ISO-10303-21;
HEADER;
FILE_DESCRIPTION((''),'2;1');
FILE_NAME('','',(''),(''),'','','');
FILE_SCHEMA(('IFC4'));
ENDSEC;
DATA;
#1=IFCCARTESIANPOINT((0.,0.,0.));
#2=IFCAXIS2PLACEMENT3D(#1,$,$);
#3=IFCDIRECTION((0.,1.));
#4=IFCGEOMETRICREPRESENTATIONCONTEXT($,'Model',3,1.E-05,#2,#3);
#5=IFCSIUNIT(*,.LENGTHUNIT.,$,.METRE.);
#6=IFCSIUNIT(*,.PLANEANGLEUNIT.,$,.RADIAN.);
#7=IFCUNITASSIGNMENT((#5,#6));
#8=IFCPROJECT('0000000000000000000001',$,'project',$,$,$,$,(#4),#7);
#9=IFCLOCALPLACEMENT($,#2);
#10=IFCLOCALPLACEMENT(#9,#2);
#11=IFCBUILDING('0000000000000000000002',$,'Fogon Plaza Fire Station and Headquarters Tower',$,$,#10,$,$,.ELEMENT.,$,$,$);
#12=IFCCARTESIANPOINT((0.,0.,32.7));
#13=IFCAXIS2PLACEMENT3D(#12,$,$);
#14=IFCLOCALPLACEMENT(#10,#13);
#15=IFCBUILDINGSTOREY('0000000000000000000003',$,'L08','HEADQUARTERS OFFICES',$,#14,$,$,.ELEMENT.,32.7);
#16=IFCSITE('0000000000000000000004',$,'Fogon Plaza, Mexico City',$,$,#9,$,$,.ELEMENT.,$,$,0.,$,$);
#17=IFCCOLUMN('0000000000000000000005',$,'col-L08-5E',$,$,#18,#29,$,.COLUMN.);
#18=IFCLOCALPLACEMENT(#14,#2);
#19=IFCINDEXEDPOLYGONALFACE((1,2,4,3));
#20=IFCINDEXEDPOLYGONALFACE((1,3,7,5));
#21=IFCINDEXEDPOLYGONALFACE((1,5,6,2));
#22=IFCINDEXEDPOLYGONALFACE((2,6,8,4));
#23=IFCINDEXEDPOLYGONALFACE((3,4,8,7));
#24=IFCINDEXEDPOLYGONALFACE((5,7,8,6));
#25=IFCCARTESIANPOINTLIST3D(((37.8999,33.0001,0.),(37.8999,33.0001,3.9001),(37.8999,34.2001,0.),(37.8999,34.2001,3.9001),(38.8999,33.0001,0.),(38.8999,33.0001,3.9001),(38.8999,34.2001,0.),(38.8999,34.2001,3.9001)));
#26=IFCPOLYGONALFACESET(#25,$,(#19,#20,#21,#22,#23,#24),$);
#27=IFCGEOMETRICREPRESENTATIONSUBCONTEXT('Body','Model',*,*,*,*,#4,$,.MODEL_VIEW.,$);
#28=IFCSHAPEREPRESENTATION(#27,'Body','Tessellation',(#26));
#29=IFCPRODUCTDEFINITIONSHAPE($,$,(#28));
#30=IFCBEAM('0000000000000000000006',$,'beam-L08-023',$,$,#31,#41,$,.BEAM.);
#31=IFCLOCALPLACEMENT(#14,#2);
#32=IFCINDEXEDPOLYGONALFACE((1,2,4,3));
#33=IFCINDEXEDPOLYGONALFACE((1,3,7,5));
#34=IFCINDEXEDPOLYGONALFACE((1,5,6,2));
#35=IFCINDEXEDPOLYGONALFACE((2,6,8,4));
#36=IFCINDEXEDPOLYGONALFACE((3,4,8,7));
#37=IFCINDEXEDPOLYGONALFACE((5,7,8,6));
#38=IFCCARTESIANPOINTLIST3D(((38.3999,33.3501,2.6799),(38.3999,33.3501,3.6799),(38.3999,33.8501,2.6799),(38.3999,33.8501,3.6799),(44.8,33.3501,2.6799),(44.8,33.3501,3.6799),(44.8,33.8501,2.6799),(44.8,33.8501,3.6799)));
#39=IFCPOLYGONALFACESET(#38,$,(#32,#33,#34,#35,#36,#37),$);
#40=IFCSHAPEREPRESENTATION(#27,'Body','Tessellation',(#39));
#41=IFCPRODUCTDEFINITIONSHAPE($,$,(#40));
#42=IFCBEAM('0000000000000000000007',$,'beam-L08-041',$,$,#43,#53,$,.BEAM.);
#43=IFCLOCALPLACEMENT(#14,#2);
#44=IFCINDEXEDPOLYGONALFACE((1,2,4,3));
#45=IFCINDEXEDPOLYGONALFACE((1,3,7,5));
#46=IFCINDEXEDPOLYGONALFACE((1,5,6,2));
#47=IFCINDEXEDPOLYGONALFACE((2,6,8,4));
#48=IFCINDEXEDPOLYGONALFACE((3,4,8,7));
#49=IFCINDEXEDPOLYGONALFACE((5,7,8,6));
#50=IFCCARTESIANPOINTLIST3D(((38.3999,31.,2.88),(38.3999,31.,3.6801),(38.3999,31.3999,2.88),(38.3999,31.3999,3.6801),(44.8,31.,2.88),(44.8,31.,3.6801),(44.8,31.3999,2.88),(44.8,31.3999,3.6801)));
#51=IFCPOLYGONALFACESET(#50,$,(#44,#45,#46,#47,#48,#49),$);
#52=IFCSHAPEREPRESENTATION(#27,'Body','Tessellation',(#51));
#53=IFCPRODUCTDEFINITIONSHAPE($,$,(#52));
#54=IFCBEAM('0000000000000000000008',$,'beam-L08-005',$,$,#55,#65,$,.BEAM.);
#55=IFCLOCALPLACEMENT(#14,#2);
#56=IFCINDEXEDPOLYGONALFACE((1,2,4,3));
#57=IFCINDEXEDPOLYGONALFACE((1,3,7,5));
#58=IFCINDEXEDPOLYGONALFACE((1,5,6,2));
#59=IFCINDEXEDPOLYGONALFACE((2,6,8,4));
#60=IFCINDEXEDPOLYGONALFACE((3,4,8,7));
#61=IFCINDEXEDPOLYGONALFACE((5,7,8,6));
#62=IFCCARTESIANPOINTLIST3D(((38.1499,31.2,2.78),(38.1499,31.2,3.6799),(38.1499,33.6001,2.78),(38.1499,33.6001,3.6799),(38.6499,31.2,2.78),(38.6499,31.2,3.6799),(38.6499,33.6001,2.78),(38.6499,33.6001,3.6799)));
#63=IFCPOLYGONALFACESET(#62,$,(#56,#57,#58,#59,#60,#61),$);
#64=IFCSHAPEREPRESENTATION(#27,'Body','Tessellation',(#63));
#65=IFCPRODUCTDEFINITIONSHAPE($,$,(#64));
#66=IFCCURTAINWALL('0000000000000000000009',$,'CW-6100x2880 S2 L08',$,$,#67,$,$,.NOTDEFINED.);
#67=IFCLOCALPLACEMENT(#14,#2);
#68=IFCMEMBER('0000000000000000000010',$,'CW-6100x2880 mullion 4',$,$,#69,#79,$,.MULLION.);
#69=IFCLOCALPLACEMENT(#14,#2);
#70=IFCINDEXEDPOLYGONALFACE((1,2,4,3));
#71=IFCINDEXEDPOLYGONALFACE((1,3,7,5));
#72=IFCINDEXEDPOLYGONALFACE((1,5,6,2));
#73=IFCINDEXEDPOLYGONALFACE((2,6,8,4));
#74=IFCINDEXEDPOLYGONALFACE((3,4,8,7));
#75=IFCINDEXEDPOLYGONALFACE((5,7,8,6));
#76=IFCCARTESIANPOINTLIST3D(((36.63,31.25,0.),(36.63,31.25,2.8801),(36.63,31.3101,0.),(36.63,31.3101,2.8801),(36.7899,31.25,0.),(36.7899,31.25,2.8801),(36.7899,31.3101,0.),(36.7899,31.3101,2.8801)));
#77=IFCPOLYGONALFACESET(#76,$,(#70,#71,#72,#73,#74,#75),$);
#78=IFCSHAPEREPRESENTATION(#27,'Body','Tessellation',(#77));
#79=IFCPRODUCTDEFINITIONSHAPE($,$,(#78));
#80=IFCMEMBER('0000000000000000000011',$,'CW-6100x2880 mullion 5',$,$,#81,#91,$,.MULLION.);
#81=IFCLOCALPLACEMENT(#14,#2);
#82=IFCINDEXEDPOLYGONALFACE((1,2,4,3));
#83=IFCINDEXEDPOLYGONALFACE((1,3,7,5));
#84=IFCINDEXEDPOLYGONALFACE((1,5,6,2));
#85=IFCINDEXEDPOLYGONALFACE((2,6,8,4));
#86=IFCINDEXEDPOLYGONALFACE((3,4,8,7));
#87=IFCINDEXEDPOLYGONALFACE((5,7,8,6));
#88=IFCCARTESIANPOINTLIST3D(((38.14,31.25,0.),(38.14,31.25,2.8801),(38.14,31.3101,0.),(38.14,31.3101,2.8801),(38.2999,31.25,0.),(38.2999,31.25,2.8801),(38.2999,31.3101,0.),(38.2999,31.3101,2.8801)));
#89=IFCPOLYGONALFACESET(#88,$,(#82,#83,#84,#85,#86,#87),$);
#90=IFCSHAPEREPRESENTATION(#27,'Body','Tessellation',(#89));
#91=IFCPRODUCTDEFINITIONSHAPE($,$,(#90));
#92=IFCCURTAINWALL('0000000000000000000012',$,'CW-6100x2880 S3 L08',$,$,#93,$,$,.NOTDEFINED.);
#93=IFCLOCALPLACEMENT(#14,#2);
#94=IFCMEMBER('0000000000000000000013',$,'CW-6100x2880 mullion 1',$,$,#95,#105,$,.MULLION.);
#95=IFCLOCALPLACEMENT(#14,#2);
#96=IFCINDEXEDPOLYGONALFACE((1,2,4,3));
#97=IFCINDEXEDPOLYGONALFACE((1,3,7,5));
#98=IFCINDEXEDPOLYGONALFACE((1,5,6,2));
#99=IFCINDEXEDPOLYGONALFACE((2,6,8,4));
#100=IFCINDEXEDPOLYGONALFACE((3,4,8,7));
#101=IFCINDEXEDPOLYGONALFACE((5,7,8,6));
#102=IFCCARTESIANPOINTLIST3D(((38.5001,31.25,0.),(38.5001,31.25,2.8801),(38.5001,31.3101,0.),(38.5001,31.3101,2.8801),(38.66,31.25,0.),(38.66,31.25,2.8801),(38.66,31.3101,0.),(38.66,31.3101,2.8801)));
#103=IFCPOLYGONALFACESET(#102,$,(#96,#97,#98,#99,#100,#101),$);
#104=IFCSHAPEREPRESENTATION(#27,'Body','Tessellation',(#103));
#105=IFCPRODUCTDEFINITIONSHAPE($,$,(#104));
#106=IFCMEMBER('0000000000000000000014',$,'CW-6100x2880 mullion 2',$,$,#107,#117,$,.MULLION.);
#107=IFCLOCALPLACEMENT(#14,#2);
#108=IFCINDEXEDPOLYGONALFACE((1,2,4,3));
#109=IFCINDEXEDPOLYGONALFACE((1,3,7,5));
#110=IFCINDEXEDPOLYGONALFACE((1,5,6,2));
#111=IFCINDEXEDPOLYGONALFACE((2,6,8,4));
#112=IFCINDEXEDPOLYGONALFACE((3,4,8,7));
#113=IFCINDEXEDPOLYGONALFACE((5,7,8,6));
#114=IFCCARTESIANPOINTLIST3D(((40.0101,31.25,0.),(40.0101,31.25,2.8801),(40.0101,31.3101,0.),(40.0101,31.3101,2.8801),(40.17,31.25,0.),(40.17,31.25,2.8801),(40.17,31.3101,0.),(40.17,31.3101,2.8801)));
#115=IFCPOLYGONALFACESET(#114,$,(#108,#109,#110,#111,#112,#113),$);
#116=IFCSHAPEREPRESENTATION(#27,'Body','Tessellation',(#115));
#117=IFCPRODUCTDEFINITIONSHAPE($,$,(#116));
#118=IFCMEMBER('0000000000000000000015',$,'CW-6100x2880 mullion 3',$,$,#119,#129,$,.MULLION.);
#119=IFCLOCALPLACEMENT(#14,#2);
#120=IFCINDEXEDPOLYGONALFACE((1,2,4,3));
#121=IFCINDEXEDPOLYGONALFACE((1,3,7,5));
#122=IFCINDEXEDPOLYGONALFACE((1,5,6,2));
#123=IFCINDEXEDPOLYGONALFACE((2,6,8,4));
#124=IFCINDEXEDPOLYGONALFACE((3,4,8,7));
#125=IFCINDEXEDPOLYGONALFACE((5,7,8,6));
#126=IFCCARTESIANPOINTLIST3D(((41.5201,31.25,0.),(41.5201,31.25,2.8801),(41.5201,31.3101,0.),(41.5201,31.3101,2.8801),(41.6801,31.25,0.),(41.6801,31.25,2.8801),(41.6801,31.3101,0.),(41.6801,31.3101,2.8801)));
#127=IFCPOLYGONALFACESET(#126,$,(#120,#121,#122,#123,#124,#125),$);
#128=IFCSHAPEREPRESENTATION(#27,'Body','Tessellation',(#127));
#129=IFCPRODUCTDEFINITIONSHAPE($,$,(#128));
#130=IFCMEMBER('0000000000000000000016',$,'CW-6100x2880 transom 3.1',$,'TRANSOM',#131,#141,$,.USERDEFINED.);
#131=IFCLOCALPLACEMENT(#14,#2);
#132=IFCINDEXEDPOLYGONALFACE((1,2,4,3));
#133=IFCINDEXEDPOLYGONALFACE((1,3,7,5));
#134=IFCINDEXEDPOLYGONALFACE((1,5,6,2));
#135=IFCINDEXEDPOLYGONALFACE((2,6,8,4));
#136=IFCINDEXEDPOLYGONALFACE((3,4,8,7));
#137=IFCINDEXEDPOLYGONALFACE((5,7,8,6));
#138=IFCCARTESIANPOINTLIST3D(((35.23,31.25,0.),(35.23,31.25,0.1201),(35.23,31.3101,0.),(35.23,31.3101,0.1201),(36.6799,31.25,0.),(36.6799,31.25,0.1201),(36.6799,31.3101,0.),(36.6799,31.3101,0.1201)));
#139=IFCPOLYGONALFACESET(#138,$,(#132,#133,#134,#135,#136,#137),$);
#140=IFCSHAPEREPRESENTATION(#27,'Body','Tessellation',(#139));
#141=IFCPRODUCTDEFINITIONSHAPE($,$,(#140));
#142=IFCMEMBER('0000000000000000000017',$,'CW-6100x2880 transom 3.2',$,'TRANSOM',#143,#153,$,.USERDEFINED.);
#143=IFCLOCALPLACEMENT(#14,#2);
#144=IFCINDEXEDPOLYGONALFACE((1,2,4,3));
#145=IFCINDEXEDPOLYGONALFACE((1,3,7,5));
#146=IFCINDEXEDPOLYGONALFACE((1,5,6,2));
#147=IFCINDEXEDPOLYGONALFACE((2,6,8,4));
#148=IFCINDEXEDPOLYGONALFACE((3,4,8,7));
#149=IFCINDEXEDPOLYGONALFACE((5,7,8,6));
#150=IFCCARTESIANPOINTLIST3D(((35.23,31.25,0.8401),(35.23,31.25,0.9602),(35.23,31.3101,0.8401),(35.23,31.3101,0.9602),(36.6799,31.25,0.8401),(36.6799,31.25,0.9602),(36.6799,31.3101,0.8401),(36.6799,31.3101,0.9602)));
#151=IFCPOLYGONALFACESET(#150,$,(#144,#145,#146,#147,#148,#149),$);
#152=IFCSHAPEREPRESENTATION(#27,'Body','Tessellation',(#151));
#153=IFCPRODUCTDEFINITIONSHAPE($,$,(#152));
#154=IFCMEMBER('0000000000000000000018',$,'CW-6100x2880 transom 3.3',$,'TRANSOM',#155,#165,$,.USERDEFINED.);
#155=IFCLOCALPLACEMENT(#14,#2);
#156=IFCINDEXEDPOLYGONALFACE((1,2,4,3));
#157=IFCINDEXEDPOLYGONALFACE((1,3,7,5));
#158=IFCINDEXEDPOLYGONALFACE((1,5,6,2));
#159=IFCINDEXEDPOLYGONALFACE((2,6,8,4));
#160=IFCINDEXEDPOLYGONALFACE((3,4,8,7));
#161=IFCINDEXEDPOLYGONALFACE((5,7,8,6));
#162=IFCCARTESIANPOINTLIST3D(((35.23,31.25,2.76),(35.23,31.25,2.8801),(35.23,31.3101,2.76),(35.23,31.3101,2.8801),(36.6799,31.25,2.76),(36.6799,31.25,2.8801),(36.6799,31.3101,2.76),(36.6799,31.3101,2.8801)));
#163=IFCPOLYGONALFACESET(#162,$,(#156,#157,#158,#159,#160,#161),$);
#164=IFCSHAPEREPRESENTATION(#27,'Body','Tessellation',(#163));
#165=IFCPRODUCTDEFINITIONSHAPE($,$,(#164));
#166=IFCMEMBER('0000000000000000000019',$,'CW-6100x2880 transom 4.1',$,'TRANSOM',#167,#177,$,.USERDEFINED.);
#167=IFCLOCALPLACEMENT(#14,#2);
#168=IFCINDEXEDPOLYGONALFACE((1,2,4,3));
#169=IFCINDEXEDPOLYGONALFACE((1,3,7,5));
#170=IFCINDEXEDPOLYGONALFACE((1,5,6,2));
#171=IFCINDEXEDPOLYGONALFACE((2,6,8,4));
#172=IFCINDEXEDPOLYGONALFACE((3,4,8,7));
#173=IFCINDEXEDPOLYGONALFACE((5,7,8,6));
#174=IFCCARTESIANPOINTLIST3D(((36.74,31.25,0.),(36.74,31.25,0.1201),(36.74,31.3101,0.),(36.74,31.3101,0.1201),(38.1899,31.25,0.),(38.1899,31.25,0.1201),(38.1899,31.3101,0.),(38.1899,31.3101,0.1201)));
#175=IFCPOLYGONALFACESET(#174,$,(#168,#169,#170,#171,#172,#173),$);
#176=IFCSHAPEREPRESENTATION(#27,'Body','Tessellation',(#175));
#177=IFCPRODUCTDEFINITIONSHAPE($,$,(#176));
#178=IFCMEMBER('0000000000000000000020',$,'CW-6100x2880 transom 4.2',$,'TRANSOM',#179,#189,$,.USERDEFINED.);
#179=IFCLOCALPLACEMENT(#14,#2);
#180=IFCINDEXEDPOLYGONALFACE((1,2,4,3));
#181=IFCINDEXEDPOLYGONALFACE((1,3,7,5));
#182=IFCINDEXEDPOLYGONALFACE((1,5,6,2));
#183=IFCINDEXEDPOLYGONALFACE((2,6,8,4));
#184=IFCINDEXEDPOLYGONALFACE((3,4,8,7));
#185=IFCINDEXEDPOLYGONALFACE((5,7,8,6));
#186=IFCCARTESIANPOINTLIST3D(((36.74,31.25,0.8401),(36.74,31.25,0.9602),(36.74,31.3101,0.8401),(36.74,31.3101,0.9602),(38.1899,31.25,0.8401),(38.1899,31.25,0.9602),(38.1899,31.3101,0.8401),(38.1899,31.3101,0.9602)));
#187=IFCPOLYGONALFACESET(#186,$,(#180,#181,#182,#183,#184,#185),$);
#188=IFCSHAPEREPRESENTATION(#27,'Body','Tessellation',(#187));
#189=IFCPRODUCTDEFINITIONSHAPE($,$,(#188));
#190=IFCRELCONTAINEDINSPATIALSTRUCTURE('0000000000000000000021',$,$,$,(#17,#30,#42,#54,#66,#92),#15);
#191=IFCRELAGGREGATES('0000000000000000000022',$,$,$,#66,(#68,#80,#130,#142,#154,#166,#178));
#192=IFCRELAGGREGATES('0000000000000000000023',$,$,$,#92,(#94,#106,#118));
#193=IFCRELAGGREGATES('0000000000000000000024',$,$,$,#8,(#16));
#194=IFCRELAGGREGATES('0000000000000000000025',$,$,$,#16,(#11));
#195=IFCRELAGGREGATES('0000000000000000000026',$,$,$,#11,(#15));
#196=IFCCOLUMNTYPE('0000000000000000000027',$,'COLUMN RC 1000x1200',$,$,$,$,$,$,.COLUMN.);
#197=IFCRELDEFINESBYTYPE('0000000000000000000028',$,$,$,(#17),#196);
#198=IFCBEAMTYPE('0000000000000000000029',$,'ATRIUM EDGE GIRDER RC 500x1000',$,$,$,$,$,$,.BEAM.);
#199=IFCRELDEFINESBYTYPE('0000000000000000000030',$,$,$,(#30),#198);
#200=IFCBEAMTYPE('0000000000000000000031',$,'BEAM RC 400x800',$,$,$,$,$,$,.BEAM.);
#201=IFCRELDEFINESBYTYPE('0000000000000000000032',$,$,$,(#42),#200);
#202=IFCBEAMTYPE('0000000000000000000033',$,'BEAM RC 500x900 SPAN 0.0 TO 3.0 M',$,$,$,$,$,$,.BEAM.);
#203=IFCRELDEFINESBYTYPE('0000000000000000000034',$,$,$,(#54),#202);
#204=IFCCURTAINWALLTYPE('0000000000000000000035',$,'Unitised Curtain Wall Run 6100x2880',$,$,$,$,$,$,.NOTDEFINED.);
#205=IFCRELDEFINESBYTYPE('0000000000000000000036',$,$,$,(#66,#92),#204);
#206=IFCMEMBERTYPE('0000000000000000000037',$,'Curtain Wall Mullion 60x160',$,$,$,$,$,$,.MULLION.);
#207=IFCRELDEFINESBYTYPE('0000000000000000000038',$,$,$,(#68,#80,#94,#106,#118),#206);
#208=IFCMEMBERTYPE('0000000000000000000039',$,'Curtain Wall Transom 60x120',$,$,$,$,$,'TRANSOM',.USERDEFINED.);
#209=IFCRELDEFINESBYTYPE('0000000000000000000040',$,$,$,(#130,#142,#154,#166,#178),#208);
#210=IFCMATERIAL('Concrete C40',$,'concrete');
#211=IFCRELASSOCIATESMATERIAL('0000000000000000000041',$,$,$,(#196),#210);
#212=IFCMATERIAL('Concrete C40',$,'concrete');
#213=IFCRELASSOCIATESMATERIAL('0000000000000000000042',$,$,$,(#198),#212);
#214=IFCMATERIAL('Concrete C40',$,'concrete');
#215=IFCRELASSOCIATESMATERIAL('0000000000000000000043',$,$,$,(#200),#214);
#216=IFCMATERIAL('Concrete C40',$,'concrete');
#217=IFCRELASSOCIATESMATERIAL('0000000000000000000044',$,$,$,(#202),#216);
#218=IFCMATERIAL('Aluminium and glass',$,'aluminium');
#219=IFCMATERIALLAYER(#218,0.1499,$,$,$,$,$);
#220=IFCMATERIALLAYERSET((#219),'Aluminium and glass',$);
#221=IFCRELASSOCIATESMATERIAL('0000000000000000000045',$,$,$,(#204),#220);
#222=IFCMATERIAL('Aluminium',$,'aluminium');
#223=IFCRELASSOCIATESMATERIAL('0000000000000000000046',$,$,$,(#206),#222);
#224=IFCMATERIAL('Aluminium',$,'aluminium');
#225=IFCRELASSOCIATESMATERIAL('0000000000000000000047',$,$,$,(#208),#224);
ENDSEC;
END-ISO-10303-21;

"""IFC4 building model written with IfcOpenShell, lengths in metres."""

from ifc_helpers import new_model, si_unit, direction, frame, origin, origin_2d, place, context, subcontext, project, spatial, rectangle, extrude, material, layer, layer_set, material_profile, profile_set, type_object, element, aggregate, save


model = new_model("IFC4")

# Units and contexts
model_context = context("Model", 3, precision=1e-05, world=origin(), true_north=direction((0.0, 1.0)))
body_context = subcontext(model_context, "Body", "Model", "MODEL_VIEW")
ifc_project = project(units=[si_unit("LENGTHUNIT", "METRE"), si_unit("PLANEANGLEUNIT", "RADIAN")], contexts=[model_context])

# Site, building, storey
site_placement = place(None, origin())
site = spatial("IfcSite", under=ifc_project, at=site_placement, Name="Fogon Plaza, Mexico City", CompositionType="ELEMENT", RefElevation=0.0)
building_placement = place(site_placement, origin())
building = spatial("IfcBuilding", under=site, at=building_placement, Name="Fogon Plaza Fire Station and Headquarters Tower", CompositionType="ELEMENT")
storey_placement = place(building_placement, frame((0.0, 0.0, 32.7)))
storey = spatial("IfcBuildingStorey", under=building, at=storey_placement, Name="L08", Description="HEADQUARTERS OFFICES", CompositionType="ELEMENT", Elevation=32.7)

# Column
ifc_material_1 = material(Name="Concrete C40", Category="concrete")
ifc_material_profile_1 = material_profile(ifc_material_1, rectangle(XDim=1.0, YDim=1.2, at=origin_2d()), Name="RC 1000x1200")
ifc_profile_set_1 = profile_set([ifc_material_profile_1], Name="Concrete C40")
column_type = type_object("IfcColumnType", Name="COLUMN RC 1000x1200", PredefinedType="COLUMN", material=ifc_profile_set_1)
column_placement = place(storey_placement, frame((38.3999, 33.6001, 0.0), z_axis=(0.0, 0.0, 1.0), x_axis=(1.0, 0.0, 0.0)))
element("IfcColumn", 1, at=column_placement, inside=storey, type_object=column_type, Name="col-L08-5E", PredefinedType="COLUMN", context=body_context, shape_type="SweptSolid", body=[
    extrude(rectangle(XDim=1.0, YDim=1.2, at=origin_2d()), origin(), (0.0, 0.0, 1.0), 3.9001),
])

# Beams
ifc_material_2 = material(Name="Concrete C40", Category="concrete")
ifc_material_profile_2 = material_profile(ifc_material_2, rectangle(XDim=0.5, YDim=1.0, at=origin_2d()), Name="RC 500x1000")
ifc_profile_set_2 = profile_set([ifc_material_profile_2], Name="Concrete C40")
beam_type_1 = type_object("IfcBeamType", Name="ATRIUM EDGE GIRDER RC 500x1000", PredefinedType="BEAM", material=ifc_profile_set_2)
beam_1_placement = place(storey_placement, frame((38.3999, 33.6001, 3.1799), z_axis=(1.0, 0.0, 0.0), x_axis=(0.0, 1.0, 0.0)))
element("IfcBeam", 2, at=beam_1_placement, inside=storey, type_object=beam_type_1, Name="beam-L08-023", PredefinedType="BEAM", context=body_context, shape_type="SweptSolid", body=[
    extrude(rectangle(XDim=0.5, YDim=1.0, at=origin_2d()), origin(), (0.0, 0.0, 1.0), 6.4001),
])
ifc_material_3 = material(Name="Concrete C40", Category="concrete")
ifc_material_profile_3 = material_profile(ifc_material_3, rectangle(XDim=0.3999, YDim=0.8, at=origin_2d()), Name="RC 400x800")
ifc_profile_set_3 = profile_set([ifc_material_profile_3], Name="Concrete C40")
beam_type_2 = type_object("IfcBeamType", Name="BEAM RC 400x800", PredefinedType="BEAM", material=ifc_profile_set_3)
beam_2_placement = place(storey_placement, frame((38.3999, 31.2, 3.28), z_axis=(1.0, 0.0, 0.0), x_axis=(0.0, 1.0, 0.0)))
element("IfcBeam", 3, at=beam_2_placement, inside=storey, type_object=beam_type_2, Name="beam-L08-041", PredefinedType="BEAM", context=body_context, shape_type="SweptSolid", body=[
    extrude(rectangle(XDim=0.3999, YDim=0.8, at=origin_2d()), origin(), (0.0, 0.0, 1.0), 6.4001),
])
ifc_material_4 = material(Name="Concrete C40", Category="concrete")
ifc_material_profile_4 = material_profile(ifc_material_4, rectangle(XDim=0.5, YDim=0.8999, at=origin_2d()), Name="RC 500x900")
ifc_profile_set_4 = profile_set([ifc_material_profile_4], Name="Concrete C40")
beam_type_3 = type_object("IfcBeamType", Name="BEAM RC 500x900 SPAN 0.0 TO 3.0 M", PredefinedType="BEAM", material=ifc_profile_set_4)
beam_3_placement = place(storey_placement, frame((38.3999, 31.2, 3.23), z_axis=(0.0, 1.0, 0.0), x_axis=(-1.0, 0.0, 0.0)))
element("IfcBeam", 4, at=beam_3_placement, inside=storey, type_object=beam_type_3, Name="beam-L08-005", PredefinedType="BEAM", context=body_context, shape_type="SweptSolid", body=[
    extrude(rectangle(XDim=0.5, YDim=0.8999, at=origin_2d()), origin(), (0.0, 0.0, 1.0), 2.4001),
])

# Curtain walls, members
ifc_material_5 = material(Name="Aluminium and glass", Category="aluminium")
ifc_layer_1 = layer(ifc_material_5, 0.1499)
ifc_layer_set_1 = layer_set([ifc_layer_1], Name="Aluminium and glass")
curtain_wall_type = type_object("IfcCurtainWallType", Name="Unitised Curtain Wall Run 6100x2880", PredefinedType="NOTDEFINED", material=ifc_layer_set_1)
curtain_wall_1_placement = place(storey_placement, origin())
curtain_wall_1 = element("IfcCurtainWall", 5, at=curtain_wall_1_placement, inside=storey, type_object=curtain_wall_type, Name="CW-6100x2880 S2 L08", PredefinedType="NOTDEFINED")
ifc_material_6 = material(Name="Aluminium", Category="aluminium")
ifc_material_profile_5 = material_profile(ifc_material_6, rectangle(XDim=0.0601, YDim=0.1599, at=origin_2d()), Name="Curtain Wall Mullion 60x160")
ifc_profile_set_5 = profile_set([ifc_material_profile_5], Name="Aluminium")
member_type_1 = type_object("IfcMemberType", Name="Curtain Wall Mullion 60x160", PredefinedType="MULLION", material=ifc_profile_set_5)
member_1_placement = place(storey_placement, frame((36.71, 31.28, 0.0), z_axis=(0.0, 0.0, 1.0), x_axis=(0.0, 1.0, 0.0)))
member_1 = element("IfcMember", 6, at=member_1_placement, type_object=member_type_1, Name="CW-6100x2880 mullion 4", PredefinedType="MULLION", context=body_context, shape_type="SweptSolid", body=[
    extrude(rectangle(XDim=0.0601, YDim=0.1599, at=origin_2d()), origin(), (0.0, 0.0, 1.0), 2.8801),
])
member_2_placement = place(storey_placement, frame((38.22, 31.28, 0.0), z_axis=(0.0, 0.0, 1.0), x_axis=(0.0, 1.0, 0.0)))
member_2 = element("IfcMember", 7, at=member_2_placement, type_object=member_type_1, Name="CW-6100x2880 mullion 5", PredefinedType="MULLION", context=body_context, shape_type="SweptSolid", body=[
    extrude(rectangle(XDim=0.0601, YDim=0.1599, at=origin_2d()), origin(), (0.0, 0.0, 1.0), 2.8801),
])
curtain_wall_2_placement = place(storey_placement, origin())
curtain_wall_2 = element("IfcCurtainWall", 8, at=curtain_wall_2_placement, inside=storey, type_object=curtain_wall_type, Name="CW-6100x2880 S3 L08", PredefinedType="NOTDEFINED")
member_3_placement = place(storey_placement, frame((38.5801, 31.28, 0.0), z_axis=(0.0, 0.0, 1.0), x_axis=(0.0, 1.0, 0.0)))
member_3 = element("IfcMember", 9, at=member_3_placement, type_object=member_type_1, Name="CW-6100x2880 mullion 1", PredefinedType="MULLION", context=body_context, shape_type="SweptSolid", body=[
    extrude(rectangle(XDim=0.0601, YDim=0.1599, at=origin_2d()), origin(), (0.0, 0.0, 1.0), 2.8801),
])
member_4_placement = place(storey_placement, frame((40.0901, 31.28, 0.0), z_axis=(0.0, 0.0, 1.0), x_axis=(0.0, 1.0, 0.0)))
member_4 = element("IfcMember", 10, at=member_4_placement, type_object=member_type_1, Name="CW-6100x2880 mullion 2", PredefinedType="MULLION", context=body_context, shape_type="SweptSolid", body=[
    extrude(rectangle(XDim=0.0601, YDim=0.1599, at=origin_2d()), origin(), (0.0, 0.0, 1.0), 2.8801),
])
member_5_placement = place(storey_placement, frame((41.6001, 31.28, 0.0), z_axis=(0.0, 0.0, 1.0), x_axis=(0.0, 1.0, 0.0)))
member_5 = element("IfcMember", 11, at=member_5_placement, type_object=member_type_1, Name="CW-6100x2880 mullion 3", PredefinedType="MULLION", context=body_context, shape_type="SweptSolid", body=[
    extrude(rectangle(XDim=0.0601, YDim=0.1599, at=origin_2d()), origin(), (0.0, 0.0, 1.0), 2.8801),
])

# Members
ifc_material_7 = material(Name="Aluminium", Category="aluminium")
ifc_material_profile_6 = material_profile(ifc_material_7, rectangle(XDim=0.0601, YDim=0.1201, at=origin_2d()), Name="Curtain Wall Transom 60x120")
ifc_profile_set_6 = profile_set([ifc_material_profile_6], Name="Aluminium")
member_type_2 = type_object("IfcMemberType", Name="Curtain Wall Transom 60x120", ElementType="TRANSOM", PredefinedType="USERDEFINED", material=ifc_profile_set_6)
member_6_placement = place(storey_placement, frame((35.23, 31.28, 0.0601), z_axis=(1.0, 0.0, 0.0), x_axis=(0.0, 1.0, 0.0)))
member_6 = element("IfcMember", 12, at=member_6_placement, type_object=member_type_2, Name="CW-6100x2880 transom 3.1", ObjectType="TRANSOM", PredefinedType="USERDEFINED", context=body_context, shape_type="SweptSolid", body=[
    extrude(rectangle(XDim=0.0601, YDim=0.1201, at=origin_2d()), origin(), (0.0, 0.0, 1.0), 1.45),
])
member_7_placement = place(storey_placement, frame((35.23, 31.28, 0.9001), z_axis=(1.0, 0.0, 0.0), x_axis=(0.0, 1.0, 0.0)))
member_7 = element("IfcMember", 13, at=member_7_placement, type_object=member_type_2, Name="CW-6100x2880 transom 3.2", ObjectType="TRANSOM", PredefinedType="USERDEFINED", context=body_context, shape_type="SweptSolid", body=[
    extrude(rectangle(XDim=0.0601, YDim=0.1201, at=origin_2d()), origin(), (0.0, 0.0, 1.0), 1.45),
])
member_8_placement = place(storey_placement, frame((35.23, 31.28, 2.8201), z_axis=(1.0, 0.0, 0.0), x_axis=(0.0, 1.0, 0.0)))
member_8 = element("IfcMember", 14, at=member_8_placement, type_object=member_type_2, Name="CW-6100x2880 transom 3.3", ObjectType="TRANSOM", PredefinedType="USERDEFINED", context=body_context, shape_type="SweptSolid", body=[
    extrude(rectangle(XDim=0.0601, YDim=0.1201, at=origin_2d()), origin(), (0.0, 0.0, 1.0), 1.45),
])
member_9_placement = place(storey_placement, frame((36.74, 31.28, 0.0601), z_axis=(1.0, 0.0, 0.0), x_axis=(0.0, 1.0, 0.0)))
member_9 = element("IfcMember", 15, at=member_9_placement, type_object=member_type_2, Name="CW-6100x2880 transom 4.1", ObjectType="TRANSOM", PredefinedType="USERDEFINED", context=body_context, shape_type="SweptSolid", body=[
    extrude(rectangle(XDim=0.0601, YDim=0.1201, at=origin_2d()), origin(), (0.0, 0.0, 1.0), 1.45),
])
member_10_placement = place(storey_placement, frame((36.74, 31.28, 0.9001), z_axis=(1.0, 0.0, 0.0), x_axis=(0.0, 1.0, 0.0)))
member_10 = element("IfcMember", 16, at=member_10_placement, type_object=member_type_2, Name="CW-6100x2880 transom 4.2", ObjectType="TRANSOM", PredefinedType="USERDEFINED", context=body_context, shape_type="SweptSolid", body=[
    extrude(rectangle(XDim=0.0601, YDim=0.1201, at=origin_2d()), origin(), (0.0, 0.0, 1.0), 1.45),
])

aggregate(curtain_wall_1, [member_1, member_2, member_6, member_7, member_8, member_9, member_10])
aggregate(curtain_wall_2, [member_3, member_4, member_5])

save(model, "model.ifc")
